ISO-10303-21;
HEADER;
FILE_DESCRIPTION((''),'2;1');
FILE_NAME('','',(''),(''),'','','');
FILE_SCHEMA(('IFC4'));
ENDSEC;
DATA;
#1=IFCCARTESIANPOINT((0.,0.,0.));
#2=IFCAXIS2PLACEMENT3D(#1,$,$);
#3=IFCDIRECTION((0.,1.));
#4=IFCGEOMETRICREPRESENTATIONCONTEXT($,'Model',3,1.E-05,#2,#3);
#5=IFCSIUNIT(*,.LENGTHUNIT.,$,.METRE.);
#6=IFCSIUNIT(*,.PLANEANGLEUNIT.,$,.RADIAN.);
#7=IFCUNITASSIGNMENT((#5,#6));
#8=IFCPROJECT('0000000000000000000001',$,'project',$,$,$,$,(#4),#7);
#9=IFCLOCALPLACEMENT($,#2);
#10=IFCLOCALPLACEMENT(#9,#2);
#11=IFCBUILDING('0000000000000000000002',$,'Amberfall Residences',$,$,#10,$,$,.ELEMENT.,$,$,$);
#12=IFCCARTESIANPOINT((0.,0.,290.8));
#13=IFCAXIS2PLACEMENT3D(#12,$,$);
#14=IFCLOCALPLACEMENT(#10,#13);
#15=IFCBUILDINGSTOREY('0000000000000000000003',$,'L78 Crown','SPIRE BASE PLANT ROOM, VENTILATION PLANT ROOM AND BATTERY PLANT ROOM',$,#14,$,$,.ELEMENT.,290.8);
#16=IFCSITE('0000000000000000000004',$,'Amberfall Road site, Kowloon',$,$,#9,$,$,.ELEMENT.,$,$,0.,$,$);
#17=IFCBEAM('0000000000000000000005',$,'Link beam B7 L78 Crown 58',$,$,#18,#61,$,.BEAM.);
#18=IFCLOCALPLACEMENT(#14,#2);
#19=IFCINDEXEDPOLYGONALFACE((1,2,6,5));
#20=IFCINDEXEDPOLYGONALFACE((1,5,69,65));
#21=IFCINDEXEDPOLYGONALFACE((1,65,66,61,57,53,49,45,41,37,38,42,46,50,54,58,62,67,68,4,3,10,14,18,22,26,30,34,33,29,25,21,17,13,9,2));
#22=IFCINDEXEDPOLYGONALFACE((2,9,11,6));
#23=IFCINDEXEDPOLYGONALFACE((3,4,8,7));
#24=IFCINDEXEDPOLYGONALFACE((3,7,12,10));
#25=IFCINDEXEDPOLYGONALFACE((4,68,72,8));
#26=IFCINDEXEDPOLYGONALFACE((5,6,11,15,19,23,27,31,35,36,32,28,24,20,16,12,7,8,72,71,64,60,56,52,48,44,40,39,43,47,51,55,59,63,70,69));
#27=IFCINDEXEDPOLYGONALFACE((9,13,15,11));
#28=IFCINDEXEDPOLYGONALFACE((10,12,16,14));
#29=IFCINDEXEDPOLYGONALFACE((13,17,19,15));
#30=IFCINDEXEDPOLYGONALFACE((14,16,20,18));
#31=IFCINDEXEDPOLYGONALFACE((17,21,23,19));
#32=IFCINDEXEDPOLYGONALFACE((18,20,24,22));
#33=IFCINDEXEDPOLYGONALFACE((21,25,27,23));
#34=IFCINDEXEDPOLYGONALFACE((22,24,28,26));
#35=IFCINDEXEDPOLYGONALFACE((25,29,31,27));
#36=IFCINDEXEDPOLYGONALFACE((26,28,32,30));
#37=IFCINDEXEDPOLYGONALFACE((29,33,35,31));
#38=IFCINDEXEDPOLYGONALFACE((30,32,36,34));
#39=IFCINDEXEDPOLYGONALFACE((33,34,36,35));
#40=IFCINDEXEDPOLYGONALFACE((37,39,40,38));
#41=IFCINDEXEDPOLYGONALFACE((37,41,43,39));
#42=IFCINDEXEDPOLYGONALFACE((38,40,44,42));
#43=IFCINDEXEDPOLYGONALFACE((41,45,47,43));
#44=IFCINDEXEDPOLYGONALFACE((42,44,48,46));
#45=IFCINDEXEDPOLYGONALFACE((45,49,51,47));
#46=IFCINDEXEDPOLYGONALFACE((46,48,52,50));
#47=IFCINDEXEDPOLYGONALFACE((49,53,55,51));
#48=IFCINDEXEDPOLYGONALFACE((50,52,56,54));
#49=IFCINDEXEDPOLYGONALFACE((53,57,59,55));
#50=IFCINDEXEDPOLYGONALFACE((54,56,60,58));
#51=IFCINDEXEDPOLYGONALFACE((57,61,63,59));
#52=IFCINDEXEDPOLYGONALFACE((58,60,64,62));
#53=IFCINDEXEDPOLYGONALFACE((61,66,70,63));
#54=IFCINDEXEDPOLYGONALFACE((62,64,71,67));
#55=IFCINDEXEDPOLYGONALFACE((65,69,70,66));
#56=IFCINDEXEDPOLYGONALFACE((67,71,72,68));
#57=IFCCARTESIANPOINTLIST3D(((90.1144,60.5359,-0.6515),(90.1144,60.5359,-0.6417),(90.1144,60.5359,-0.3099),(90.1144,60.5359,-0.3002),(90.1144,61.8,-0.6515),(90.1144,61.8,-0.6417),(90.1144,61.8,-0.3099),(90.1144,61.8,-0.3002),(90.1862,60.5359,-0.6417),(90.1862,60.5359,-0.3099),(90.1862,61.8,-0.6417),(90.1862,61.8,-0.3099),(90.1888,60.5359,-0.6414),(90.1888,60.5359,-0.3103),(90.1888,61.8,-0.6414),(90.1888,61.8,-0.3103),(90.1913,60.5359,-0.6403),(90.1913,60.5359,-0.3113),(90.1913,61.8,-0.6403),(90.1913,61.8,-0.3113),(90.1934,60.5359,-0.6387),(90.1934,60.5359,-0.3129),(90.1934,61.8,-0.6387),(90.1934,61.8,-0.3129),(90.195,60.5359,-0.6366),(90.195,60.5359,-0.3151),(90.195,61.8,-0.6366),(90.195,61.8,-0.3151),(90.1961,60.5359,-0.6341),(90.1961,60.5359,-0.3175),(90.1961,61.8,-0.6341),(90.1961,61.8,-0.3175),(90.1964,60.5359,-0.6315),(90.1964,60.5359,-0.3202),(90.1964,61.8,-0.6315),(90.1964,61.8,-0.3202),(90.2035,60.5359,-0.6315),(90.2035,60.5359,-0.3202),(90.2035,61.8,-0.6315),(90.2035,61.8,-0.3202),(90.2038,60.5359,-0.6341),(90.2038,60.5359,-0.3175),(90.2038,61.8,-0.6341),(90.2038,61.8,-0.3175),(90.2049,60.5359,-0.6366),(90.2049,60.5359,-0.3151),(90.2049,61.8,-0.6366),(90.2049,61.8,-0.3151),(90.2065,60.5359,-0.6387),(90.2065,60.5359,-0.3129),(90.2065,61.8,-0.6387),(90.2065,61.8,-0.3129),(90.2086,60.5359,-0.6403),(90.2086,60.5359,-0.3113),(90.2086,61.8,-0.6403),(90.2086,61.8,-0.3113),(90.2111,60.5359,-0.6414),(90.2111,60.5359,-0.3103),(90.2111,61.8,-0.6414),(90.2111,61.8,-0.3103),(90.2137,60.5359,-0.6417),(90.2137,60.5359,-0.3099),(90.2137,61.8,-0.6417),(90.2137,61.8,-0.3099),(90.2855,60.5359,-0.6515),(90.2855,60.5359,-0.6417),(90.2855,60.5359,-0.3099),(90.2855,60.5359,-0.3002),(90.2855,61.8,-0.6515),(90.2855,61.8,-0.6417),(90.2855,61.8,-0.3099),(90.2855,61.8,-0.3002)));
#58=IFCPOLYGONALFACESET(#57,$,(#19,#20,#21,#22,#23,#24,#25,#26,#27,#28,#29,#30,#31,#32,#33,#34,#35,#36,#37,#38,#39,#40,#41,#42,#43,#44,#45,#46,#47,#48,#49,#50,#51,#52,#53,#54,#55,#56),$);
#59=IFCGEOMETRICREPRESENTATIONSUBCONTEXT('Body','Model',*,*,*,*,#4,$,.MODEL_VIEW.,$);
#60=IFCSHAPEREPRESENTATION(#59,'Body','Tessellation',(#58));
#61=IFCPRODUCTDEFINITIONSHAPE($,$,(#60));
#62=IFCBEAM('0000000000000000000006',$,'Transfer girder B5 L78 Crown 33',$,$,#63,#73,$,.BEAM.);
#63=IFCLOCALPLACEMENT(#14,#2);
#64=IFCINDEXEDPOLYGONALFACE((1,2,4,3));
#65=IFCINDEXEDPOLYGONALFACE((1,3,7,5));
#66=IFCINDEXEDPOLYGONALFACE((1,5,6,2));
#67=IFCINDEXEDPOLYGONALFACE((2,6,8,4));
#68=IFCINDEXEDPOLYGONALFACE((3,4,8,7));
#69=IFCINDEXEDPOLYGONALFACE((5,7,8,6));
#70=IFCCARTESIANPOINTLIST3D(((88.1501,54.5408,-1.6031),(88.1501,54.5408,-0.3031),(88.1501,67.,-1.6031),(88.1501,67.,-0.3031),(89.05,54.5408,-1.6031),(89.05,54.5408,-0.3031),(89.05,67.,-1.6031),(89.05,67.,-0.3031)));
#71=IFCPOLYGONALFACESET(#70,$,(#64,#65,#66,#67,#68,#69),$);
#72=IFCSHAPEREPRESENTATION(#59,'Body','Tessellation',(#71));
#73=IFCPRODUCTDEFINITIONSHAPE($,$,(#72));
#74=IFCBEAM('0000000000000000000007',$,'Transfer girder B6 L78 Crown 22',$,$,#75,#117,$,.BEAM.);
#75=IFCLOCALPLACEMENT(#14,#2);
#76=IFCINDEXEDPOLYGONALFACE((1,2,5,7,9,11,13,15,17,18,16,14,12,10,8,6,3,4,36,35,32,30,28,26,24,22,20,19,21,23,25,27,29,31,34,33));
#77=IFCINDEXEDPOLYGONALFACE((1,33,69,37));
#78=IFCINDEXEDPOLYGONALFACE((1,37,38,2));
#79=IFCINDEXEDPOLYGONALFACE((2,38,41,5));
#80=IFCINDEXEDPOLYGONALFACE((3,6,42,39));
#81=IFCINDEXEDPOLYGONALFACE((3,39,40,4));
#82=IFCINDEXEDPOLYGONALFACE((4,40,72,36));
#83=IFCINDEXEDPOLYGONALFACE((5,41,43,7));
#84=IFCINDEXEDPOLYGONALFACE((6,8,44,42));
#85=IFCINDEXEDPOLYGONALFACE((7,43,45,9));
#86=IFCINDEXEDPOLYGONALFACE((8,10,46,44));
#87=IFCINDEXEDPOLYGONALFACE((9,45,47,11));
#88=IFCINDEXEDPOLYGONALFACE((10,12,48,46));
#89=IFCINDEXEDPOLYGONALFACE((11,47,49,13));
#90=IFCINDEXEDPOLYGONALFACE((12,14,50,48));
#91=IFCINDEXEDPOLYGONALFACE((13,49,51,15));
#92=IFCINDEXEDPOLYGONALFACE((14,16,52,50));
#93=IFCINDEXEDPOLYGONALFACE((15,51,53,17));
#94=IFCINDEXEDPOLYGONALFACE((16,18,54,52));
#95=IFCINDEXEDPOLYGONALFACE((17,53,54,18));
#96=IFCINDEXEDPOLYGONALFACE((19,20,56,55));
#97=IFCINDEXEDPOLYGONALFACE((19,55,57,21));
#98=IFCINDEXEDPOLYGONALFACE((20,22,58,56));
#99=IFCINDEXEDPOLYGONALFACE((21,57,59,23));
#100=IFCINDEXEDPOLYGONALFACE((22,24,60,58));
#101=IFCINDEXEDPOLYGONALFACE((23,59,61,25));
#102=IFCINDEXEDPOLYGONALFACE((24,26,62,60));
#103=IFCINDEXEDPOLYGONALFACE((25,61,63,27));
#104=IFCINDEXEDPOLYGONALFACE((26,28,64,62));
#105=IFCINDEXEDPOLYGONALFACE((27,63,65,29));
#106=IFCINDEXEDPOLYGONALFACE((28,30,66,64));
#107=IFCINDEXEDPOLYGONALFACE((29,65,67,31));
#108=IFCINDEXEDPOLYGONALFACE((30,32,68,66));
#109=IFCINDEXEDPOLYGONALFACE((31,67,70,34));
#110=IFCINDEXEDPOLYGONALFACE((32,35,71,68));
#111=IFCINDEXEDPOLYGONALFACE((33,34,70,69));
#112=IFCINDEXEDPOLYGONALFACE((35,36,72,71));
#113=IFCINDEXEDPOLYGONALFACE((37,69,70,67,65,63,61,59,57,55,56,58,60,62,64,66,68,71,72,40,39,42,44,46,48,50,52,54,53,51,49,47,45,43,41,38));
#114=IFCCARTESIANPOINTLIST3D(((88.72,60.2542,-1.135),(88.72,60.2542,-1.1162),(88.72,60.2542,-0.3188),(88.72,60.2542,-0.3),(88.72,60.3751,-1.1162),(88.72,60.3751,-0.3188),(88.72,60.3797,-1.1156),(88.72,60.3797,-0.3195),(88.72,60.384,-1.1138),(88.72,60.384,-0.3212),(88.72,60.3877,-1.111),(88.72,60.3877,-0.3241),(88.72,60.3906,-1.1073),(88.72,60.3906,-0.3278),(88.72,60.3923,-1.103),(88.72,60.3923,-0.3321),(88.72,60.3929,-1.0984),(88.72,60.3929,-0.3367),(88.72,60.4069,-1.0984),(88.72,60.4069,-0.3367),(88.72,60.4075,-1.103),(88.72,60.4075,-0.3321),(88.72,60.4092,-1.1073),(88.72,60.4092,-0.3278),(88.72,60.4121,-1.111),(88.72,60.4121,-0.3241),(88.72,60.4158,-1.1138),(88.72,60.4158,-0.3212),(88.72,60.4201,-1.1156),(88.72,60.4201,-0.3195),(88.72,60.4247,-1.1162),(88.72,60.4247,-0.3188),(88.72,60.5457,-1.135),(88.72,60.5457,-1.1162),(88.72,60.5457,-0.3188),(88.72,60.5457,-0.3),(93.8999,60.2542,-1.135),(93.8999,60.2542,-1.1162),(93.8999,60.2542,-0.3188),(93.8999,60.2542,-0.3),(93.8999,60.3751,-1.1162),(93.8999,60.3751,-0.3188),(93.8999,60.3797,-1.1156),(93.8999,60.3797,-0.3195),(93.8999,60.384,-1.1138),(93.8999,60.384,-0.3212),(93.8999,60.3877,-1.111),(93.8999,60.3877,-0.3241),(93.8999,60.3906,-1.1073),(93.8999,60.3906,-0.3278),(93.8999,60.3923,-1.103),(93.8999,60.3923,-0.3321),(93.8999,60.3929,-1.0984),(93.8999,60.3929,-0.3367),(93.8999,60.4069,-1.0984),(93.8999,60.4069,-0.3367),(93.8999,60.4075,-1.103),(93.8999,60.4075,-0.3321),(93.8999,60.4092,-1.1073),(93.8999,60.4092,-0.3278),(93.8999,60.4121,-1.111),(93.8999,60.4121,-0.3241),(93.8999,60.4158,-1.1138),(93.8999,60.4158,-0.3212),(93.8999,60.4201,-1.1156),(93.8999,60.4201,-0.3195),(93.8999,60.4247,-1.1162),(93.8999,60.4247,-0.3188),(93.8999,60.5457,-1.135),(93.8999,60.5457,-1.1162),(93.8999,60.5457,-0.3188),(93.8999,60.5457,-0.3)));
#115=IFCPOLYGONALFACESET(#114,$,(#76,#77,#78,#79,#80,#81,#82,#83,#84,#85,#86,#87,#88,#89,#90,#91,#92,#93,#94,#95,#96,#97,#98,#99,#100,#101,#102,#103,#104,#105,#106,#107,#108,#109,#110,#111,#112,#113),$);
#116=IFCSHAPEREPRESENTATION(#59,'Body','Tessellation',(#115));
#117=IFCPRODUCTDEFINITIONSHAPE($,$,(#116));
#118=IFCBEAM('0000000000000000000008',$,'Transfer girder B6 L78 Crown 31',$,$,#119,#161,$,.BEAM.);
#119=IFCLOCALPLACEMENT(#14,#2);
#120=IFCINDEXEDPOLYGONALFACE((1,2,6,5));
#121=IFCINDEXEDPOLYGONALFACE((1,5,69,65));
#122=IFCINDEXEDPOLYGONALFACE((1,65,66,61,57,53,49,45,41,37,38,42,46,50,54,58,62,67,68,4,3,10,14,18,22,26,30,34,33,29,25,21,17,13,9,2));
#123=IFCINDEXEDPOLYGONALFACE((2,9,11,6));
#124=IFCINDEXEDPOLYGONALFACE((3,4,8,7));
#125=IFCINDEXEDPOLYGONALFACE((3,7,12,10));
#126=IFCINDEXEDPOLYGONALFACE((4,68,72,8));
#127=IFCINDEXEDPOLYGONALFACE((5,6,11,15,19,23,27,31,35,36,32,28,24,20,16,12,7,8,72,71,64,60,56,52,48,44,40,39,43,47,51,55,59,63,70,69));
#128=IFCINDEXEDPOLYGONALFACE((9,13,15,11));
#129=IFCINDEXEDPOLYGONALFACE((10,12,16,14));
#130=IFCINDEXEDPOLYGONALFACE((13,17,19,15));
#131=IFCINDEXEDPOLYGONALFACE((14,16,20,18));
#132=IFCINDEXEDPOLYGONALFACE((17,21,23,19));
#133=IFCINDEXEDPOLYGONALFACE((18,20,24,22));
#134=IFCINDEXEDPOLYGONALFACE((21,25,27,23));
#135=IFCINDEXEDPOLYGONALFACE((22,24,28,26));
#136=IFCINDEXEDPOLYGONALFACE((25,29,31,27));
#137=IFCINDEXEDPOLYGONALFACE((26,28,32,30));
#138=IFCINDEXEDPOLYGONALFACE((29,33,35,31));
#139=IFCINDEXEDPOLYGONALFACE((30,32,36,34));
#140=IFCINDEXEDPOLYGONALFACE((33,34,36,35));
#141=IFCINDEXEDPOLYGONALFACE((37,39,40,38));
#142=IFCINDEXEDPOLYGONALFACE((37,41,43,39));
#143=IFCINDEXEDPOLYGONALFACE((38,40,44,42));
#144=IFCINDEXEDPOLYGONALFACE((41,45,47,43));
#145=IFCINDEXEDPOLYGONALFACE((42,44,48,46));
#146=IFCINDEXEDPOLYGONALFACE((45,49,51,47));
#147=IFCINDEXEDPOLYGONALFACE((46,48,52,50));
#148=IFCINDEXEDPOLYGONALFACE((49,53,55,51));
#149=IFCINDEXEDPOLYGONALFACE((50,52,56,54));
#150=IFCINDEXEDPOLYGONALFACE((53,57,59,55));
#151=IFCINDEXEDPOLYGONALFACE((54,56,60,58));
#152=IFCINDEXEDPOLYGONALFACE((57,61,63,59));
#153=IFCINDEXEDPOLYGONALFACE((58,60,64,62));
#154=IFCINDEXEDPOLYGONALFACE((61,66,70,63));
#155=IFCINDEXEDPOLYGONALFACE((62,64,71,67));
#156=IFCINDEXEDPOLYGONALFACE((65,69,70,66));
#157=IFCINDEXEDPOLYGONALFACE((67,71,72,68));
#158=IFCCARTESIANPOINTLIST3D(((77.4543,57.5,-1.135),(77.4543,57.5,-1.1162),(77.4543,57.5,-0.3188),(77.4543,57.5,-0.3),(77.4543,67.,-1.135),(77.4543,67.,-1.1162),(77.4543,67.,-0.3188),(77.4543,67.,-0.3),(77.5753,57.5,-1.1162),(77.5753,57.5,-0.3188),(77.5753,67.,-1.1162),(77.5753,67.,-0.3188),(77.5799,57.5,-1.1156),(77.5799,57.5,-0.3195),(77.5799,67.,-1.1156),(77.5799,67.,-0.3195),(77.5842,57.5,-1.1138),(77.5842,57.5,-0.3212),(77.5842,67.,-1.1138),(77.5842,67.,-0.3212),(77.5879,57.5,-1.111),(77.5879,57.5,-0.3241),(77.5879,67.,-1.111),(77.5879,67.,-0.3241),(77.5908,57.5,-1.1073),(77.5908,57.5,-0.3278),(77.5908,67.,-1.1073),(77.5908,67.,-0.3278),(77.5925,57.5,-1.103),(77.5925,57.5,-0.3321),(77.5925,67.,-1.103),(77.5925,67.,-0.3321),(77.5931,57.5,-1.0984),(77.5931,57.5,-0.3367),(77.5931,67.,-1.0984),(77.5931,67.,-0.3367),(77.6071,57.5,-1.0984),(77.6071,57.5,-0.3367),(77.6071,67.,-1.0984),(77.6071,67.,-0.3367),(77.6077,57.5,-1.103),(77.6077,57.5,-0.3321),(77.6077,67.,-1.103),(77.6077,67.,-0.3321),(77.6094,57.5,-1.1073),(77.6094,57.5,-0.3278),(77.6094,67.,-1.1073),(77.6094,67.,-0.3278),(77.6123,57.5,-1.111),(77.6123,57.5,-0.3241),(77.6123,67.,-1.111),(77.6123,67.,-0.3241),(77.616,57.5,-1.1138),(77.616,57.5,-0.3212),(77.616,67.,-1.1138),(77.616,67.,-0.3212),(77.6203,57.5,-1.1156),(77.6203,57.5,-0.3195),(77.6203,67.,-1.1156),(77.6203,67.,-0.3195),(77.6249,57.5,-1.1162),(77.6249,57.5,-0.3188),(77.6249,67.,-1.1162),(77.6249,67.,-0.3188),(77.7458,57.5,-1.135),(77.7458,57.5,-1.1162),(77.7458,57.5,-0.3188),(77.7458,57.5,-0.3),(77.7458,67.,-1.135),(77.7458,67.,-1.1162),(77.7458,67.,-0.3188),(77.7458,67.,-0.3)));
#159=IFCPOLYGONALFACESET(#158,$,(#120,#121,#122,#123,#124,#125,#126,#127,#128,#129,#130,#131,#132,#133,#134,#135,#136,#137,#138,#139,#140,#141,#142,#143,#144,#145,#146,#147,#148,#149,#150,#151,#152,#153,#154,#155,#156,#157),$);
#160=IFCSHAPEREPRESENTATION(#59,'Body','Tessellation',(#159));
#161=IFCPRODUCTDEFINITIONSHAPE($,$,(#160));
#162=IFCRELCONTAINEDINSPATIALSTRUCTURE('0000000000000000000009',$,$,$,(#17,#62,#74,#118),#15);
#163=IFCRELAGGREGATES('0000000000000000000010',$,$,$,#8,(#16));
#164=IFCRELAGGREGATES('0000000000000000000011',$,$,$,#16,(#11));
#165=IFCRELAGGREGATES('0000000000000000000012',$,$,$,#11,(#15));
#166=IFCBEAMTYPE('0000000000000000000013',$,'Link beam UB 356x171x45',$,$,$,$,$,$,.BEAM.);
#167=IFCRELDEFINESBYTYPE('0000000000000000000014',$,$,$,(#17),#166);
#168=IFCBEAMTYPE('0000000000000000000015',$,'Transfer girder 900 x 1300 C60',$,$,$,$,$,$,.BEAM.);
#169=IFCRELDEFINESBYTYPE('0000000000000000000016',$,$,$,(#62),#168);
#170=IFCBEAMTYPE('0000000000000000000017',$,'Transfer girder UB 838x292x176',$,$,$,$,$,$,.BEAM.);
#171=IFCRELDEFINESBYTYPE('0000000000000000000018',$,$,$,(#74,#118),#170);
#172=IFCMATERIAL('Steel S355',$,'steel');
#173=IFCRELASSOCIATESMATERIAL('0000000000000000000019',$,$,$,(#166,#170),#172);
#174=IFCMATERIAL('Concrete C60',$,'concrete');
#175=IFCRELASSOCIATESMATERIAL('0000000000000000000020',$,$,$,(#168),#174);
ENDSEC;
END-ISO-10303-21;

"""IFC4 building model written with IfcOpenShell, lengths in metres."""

from ifc_helpers import new_model, si_unit, direction, frame, origin, origin_2d, place, context, subcontext, project, spatial, rectangle, i_section, extrude, material, material_profile, profile_set, type_object, element, save


model = new_model("IFC4")

# Units and contexts
model_context = context("Model", 3, precision=1e-05, world=origin(), true_north=direction((0.0, 1.0)))
body_context = subcontext(model_context, "Body", "Model", "MODEL_VIEW")
ifc_project = project(units=[si_unit("LENGTHUNIT", "METRE"), si_unit("PLANEANGLEUNIT", "RADIAN")], contexts=[model_context])

# Site, building, storey
site_placement = place(None, origin())
site = spatial("IfcSite", under=ifc_project, at=site_placement, Name="Amberfall Road site, Kowloon", CompositionType="ELEMENT", RefElevation=0.0)
building_placement = place(site_placement, origin())
building = spatial("IfcBuilding", under=site, at=building_placement, Name="Amberfall Residences", CompositionType="ELEMENT")
storey_placement = place(building_placement, frame((0.0, 0.0, 290.8)))
storey = spatial("IfcBuildingStorey", under=building, at=storey_placement, Name="L78 Crown", Description="SPIRE BASE PLANT ROOM, VENTILATION PLANT ROOM AND BATTERY PLANT ROOM", CompositionType="ELEMENT", Elevation=290.8)

# Shared definitions
ifc_material_1 = material(Name="Steel S355", Category="steel")

# Beams
ifc_material_profile_1 = material_profile(ifc_material_1, i_section(OverallWidth=0.1711, OverallDepth=0.3513, WebThickness=0.0071, FlangeThickness=0.0098, FilletRadius=0.0103, at=origin_2d()), Name="UB 356x171x45")
ifc_profile_set_1 = profile_set([ifc_material_profile_1], Name="Steel S355")
beam_type_1 = type_object("IfcBeamType", Name="Link beam UB 356x171x45", PredefinedType="BEAM", material=ifc_profile_set_1)
beam_1_placement = place(storey_placement, frame((90.2, 61.8, -0.4758), z_axis=(0.0, -1.0, 0.0), x_axis=(1.0, 0.0, 0.0)))
element("IfcBeam", 1, at=beam_1_placement, inside=storey, type_object=beam_type_1, Name="Link beam B7 L78 Crown 58", PredefinedType="BEAM", context=body_context, shape_type="SweptSolid", body=[
    extrude(i_section(OverallWidth=0.1711, OverallDepth=0.3513, WebThickness=0.0071, FlangeThickness=0.0098, FilletRadius=0.0103, at=origin_2d()), origin(), (0.0, 0.0, 1.0), 1.2642),
])
ifc_material_2 = material(Name="Concrete C60", Category="concrete")
ifc_material_profile_2 = material_profile(ifc_material_2, rectangle(XDim=0.8999, YDim=1.3, at=origin_2d()), Name="Transfer girder 900 x 1300 C60")
ifc_profile_set_2 = profile_set([ifc_material_profile_2], Name="Concrete C60")
beam_type_2 = type_object("IfcBeamType", Name="Transfer girder 900 x 1300 C60", PredefinedType="BEAM", material=ifc_profile_set_2)
beam_2_placement = place(storey_placement, frame((88.6001, 67.0, -0.9531), z_axis=(0.0, -1.0, 0.0), x_axis=(1.0, 0.0, 0.0)))
element("IfcBeam", 2, at=beam_2_placement, inside=storey, type_object=beam_type_2, Name="Transfer girder B5 L78 Crown 33", PredefinedType="BEAM", context=body_context, shape_type="SweptSolid", body=[
    extrude(rectangle(XDim=0.8999, YDim=1.3, at=origin_2d()), origin(), (0.0, 0.0, 1.0), 12.4592),
])
ifc_material_profile_3 = material_profile(ifc_material_1, i_section(OverallWidth=0.2915, OverallDepth=0.835, WebThickness=0.0139, FlangeThickness=0.0188, FilletRadius=0.0178, at=origin_2d()), Name="UB 838x292x176")
ifc_profile_set_3 = profile_set([ifc_material_profile_3], Name="Steel S355")
beam_type_3 = type_object("IfcBeamType", Name="Transfer girder UB 838x292x176", PredefinedType="BEAM", material=ifc_profile_set_3)
beam_3_placement = place(storey_placement, frame((93.8999, 60.3999, -0.7175), z_axis=(-1.0, 0.0, 0.0), x_axis=(0.0, -1.0, 0.0)))
element("IfcBeam", 3, at=beam_3_placement, inside=storey, type_object=beam_type_3, Name="Transfer girder B6 L78 Crown 22", PredefinedType="BEAM", context=body_context, shape_type="SweptSolid", body=[
    extrude(i_section(OverallWidth=0.2915, OverallDepth=0.835, WebThickness=0.0139, FlangeThickness=0.0188, FilletRadius=0.0178, at=origin_2d()), origin(), (0.0, 0.0, 1.0), 5.1799),
])
for number, where, z_axis, x_axis, name in (
    (4, (77.6001, 67.0, -0.7175), (0.0, -1.0, 0.0), (1.0, 0.0, 0.0), "Transfer girder B6 L78 Crown 31"),
):
    element("IfcBeam", number, at=place(storey_placement, frame(where, z_axis=z_axis, x_axis=x_axis)), inside=storey, type_object=beam_type_3, Name=name, PredefinedType="BEAM", context=body_context, shape_type="SweptSolid", body=[
        extrude(i_section(OverallWidth=0.2915, OverallDepth=0.835, WebThickness=0.0139, FlangeThickness=0.0188, FilletRadius=0.0178, at=origin_2d()), origin(), (0.0, 0.0, 1.0), 9.5),
    ])

save(model, "model.ifc")
